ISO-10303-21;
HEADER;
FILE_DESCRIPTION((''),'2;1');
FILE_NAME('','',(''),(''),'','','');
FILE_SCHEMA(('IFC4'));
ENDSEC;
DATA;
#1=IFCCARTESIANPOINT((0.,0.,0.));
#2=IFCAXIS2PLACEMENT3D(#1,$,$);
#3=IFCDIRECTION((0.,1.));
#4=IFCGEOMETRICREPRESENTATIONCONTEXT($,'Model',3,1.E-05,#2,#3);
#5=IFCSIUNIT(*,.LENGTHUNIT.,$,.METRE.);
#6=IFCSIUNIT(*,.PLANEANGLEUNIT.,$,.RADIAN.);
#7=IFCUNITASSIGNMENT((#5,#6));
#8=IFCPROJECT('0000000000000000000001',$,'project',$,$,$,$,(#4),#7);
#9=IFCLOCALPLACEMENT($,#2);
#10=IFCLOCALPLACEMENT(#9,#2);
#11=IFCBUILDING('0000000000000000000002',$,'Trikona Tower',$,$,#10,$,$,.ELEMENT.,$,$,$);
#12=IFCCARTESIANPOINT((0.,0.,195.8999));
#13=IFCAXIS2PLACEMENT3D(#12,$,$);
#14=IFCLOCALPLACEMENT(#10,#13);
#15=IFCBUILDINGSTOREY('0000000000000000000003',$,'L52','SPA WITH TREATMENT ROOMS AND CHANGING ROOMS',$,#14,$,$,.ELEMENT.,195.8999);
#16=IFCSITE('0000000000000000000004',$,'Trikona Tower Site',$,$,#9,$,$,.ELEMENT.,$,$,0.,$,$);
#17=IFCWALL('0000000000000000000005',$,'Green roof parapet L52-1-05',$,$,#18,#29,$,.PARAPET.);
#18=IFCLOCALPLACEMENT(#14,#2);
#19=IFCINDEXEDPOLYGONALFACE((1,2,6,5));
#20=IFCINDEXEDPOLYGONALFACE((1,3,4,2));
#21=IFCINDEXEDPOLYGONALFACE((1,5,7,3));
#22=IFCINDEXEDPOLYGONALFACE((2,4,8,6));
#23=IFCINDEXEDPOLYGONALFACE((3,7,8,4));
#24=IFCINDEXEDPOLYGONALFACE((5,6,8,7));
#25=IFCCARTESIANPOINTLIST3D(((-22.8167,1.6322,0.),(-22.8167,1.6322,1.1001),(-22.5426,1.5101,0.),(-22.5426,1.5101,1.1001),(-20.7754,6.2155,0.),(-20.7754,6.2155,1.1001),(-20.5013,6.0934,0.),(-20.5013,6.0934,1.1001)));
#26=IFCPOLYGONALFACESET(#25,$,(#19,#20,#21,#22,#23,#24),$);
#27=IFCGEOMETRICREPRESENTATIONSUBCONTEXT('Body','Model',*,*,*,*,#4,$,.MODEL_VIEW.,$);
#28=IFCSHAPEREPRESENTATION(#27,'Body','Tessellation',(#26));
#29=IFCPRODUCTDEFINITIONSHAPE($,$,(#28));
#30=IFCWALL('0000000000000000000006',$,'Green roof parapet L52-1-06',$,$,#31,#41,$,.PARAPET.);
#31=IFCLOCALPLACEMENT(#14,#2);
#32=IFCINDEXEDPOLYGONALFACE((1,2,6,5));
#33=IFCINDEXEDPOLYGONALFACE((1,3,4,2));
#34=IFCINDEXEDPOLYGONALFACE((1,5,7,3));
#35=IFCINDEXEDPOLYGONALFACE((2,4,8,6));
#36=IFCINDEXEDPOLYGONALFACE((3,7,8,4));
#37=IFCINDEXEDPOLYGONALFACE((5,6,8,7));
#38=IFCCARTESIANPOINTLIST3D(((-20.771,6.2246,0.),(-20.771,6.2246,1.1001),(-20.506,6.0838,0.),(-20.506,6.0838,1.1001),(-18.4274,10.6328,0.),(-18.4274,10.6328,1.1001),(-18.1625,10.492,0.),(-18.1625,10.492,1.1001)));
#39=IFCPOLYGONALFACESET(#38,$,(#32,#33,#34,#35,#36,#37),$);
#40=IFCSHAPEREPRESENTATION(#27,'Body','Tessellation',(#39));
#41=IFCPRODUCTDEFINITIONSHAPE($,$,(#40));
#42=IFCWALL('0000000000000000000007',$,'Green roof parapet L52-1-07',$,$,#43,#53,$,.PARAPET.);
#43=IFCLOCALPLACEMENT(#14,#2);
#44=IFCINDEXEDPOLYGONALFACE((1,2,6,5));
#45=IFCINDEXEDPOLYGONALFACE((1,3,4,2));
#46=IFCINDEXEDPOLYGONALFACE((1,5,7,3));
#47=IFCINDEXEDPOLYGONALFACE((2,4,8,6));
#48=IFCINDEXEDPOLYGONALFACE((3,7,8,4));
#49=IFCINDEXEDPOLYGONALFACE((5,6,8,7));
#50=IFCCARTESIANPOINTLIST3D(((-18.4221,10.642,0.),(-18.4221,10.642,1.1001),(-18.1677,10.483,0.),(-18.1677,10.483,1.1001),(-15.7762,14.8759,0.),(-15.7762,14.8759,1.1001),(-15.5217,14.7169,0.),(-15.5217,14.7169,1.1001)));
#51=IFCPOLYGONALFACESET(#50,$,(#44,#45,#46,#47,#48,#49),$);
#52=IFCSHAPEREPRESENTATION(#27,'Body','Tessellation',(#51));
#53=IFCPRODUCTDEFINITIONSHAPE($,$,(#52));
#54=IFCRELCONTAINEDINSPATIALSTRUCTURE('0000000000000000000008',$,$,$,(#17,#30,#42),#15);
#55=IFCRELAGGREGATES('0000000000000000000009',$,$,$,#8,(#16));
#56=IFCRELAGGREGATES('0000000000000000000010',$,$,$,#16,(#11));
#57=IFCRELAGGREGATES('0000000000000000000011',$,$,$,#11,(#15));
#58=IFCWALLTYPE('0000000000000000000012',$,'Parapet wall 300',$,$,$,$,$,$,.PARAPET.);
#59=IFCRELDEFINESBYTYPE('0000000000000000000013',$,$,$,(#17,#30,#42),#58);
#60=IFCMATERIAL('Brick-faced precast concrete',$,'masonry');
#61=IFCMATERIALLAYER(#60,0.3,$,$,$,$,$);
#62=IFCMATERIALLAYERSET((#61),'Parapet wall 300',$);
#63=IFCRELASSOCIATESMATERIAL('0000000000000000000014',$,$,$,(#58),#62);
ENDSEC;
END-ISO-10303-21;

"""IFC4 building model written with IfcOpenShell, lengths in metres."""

from ifc_helpers import new_model, si_unit, direction, frame, frame_2d, origin, place, context, subcontext, project, spatial, rectangle, extrude, material, layer, layer_set, type_object, element, save


model = new_model("IFC4")

# Units and contexts
model_context = context("Model", 3, precision=1e-05, world=origin(), true_north=direction((0.0, 1.0)))
body_context = subcontext(model_context, "Body", "Model", "MODEL_VIEW")
ifc_project = project(units=[si_unit("LENGTHUNIT", "METRE"), si_unit("PLANEANGLEUNIT", "RADIAN")], contexts=[model_context])

# Site, building, storey
site_placement = place(None, origin())
site = spatial("IfcSite", under=ifc_project, at=site_placement, Name="Trikona Tower Site", CompositionType="ELEMENT", RefElevation=0.0)
building_placement = place(site_placement, origin())
building = spatial("IfcBuilding", under=site, at=building_placement, Name="Trikona Tower", CompositionType="ELEMENT")
storey_placement = place(building_placement, frame((0.0, 0.0, 195.8999)))
storey = spatial("IfcBuildingStorey", under=building, at=storey_placement, Name="L52", Description="SPA WITH TREATMENT ROOMS AND CHANGING ROOMS", CompositionType="ELEMENT", Elevation=195.8999)

# Walls
ifc_material_1 = material(Name="Brick-faced precast concrete", Category="masonry")
ifc_layer_1 = layer(ifc_material_1, 0.3)
ifc_layer_set_1 = layer_set([ifc_layer_1], Name="Parapet wall 300")
wall_type_1 = type_object("IfcWallType", Name="Parapet wall 300", PredefinedType="PARAPET", material=ifc_layer_set_1)
wall_1_placement = place(storey_placement, frame((-22.6797, 1.571, 0.0), z_axis=(0.0, 0.0, 1.0), x_axis=(0.406847, 0.913496, 0.0)))
element("IfcWall", 1, at=wall_1_placement, inside=storey, type_object=wall_type_1, Name="Green roof parapet L52-1-05", PredefinedType="PARAPET", context=body_context, shape_type="SweptSolid", body=[
    extrude(rectangle(XDim=5.0173, YDim=0.3, at=frame_2d((2.5088, 0.0))), origin(), (0.0, 0.0, 1.0), 1.1001),
])
wall_2_placement = place(storey_placement, frame((-20.6384, 6.1543, 0.0), z_axis=(0.0, 0.0, 1.0), x_axis=(0.469413, 0.882979, 0.0)))
element("IfcWall", 2, at=wall_2_placement, inside=storey, type_object=wall_type_1, Name="Green roof parapet L52-1-06", PredefinedType="PARAPET", context=body_context, shape_type="SweptSolid", body=[
    extrude(rectangle(XDim=4.9924, YDim=0.3, at=frame_2d((2.4961, 0.0))), origin(), (0.0, 0.0, 1.0), 1.1001),
])
wall_3_placement = place(storey_placement, frame((-18.2949, 10.5625, 0.0), z_axis=(0.0, 0.0, 1.0), x_axis=(0.529973, 0.848015, 0.0)))
element("IfcWall", 3, at=wall_3_placement, inside=storey, type_object=wall_type_1, Name="Green roof parapet L52-1-07", PredefinedType="PARAPET", context=body_context, shape_type="SweptSolid", body=[
    extrude(rectangle(XDim=4.9927, YDim=0.3, at=frame_2d((2.4963, 0.0))), origin(), (0.0, 0.0, 1.0), 1.1001),
])

save(model, "model.ifc")
